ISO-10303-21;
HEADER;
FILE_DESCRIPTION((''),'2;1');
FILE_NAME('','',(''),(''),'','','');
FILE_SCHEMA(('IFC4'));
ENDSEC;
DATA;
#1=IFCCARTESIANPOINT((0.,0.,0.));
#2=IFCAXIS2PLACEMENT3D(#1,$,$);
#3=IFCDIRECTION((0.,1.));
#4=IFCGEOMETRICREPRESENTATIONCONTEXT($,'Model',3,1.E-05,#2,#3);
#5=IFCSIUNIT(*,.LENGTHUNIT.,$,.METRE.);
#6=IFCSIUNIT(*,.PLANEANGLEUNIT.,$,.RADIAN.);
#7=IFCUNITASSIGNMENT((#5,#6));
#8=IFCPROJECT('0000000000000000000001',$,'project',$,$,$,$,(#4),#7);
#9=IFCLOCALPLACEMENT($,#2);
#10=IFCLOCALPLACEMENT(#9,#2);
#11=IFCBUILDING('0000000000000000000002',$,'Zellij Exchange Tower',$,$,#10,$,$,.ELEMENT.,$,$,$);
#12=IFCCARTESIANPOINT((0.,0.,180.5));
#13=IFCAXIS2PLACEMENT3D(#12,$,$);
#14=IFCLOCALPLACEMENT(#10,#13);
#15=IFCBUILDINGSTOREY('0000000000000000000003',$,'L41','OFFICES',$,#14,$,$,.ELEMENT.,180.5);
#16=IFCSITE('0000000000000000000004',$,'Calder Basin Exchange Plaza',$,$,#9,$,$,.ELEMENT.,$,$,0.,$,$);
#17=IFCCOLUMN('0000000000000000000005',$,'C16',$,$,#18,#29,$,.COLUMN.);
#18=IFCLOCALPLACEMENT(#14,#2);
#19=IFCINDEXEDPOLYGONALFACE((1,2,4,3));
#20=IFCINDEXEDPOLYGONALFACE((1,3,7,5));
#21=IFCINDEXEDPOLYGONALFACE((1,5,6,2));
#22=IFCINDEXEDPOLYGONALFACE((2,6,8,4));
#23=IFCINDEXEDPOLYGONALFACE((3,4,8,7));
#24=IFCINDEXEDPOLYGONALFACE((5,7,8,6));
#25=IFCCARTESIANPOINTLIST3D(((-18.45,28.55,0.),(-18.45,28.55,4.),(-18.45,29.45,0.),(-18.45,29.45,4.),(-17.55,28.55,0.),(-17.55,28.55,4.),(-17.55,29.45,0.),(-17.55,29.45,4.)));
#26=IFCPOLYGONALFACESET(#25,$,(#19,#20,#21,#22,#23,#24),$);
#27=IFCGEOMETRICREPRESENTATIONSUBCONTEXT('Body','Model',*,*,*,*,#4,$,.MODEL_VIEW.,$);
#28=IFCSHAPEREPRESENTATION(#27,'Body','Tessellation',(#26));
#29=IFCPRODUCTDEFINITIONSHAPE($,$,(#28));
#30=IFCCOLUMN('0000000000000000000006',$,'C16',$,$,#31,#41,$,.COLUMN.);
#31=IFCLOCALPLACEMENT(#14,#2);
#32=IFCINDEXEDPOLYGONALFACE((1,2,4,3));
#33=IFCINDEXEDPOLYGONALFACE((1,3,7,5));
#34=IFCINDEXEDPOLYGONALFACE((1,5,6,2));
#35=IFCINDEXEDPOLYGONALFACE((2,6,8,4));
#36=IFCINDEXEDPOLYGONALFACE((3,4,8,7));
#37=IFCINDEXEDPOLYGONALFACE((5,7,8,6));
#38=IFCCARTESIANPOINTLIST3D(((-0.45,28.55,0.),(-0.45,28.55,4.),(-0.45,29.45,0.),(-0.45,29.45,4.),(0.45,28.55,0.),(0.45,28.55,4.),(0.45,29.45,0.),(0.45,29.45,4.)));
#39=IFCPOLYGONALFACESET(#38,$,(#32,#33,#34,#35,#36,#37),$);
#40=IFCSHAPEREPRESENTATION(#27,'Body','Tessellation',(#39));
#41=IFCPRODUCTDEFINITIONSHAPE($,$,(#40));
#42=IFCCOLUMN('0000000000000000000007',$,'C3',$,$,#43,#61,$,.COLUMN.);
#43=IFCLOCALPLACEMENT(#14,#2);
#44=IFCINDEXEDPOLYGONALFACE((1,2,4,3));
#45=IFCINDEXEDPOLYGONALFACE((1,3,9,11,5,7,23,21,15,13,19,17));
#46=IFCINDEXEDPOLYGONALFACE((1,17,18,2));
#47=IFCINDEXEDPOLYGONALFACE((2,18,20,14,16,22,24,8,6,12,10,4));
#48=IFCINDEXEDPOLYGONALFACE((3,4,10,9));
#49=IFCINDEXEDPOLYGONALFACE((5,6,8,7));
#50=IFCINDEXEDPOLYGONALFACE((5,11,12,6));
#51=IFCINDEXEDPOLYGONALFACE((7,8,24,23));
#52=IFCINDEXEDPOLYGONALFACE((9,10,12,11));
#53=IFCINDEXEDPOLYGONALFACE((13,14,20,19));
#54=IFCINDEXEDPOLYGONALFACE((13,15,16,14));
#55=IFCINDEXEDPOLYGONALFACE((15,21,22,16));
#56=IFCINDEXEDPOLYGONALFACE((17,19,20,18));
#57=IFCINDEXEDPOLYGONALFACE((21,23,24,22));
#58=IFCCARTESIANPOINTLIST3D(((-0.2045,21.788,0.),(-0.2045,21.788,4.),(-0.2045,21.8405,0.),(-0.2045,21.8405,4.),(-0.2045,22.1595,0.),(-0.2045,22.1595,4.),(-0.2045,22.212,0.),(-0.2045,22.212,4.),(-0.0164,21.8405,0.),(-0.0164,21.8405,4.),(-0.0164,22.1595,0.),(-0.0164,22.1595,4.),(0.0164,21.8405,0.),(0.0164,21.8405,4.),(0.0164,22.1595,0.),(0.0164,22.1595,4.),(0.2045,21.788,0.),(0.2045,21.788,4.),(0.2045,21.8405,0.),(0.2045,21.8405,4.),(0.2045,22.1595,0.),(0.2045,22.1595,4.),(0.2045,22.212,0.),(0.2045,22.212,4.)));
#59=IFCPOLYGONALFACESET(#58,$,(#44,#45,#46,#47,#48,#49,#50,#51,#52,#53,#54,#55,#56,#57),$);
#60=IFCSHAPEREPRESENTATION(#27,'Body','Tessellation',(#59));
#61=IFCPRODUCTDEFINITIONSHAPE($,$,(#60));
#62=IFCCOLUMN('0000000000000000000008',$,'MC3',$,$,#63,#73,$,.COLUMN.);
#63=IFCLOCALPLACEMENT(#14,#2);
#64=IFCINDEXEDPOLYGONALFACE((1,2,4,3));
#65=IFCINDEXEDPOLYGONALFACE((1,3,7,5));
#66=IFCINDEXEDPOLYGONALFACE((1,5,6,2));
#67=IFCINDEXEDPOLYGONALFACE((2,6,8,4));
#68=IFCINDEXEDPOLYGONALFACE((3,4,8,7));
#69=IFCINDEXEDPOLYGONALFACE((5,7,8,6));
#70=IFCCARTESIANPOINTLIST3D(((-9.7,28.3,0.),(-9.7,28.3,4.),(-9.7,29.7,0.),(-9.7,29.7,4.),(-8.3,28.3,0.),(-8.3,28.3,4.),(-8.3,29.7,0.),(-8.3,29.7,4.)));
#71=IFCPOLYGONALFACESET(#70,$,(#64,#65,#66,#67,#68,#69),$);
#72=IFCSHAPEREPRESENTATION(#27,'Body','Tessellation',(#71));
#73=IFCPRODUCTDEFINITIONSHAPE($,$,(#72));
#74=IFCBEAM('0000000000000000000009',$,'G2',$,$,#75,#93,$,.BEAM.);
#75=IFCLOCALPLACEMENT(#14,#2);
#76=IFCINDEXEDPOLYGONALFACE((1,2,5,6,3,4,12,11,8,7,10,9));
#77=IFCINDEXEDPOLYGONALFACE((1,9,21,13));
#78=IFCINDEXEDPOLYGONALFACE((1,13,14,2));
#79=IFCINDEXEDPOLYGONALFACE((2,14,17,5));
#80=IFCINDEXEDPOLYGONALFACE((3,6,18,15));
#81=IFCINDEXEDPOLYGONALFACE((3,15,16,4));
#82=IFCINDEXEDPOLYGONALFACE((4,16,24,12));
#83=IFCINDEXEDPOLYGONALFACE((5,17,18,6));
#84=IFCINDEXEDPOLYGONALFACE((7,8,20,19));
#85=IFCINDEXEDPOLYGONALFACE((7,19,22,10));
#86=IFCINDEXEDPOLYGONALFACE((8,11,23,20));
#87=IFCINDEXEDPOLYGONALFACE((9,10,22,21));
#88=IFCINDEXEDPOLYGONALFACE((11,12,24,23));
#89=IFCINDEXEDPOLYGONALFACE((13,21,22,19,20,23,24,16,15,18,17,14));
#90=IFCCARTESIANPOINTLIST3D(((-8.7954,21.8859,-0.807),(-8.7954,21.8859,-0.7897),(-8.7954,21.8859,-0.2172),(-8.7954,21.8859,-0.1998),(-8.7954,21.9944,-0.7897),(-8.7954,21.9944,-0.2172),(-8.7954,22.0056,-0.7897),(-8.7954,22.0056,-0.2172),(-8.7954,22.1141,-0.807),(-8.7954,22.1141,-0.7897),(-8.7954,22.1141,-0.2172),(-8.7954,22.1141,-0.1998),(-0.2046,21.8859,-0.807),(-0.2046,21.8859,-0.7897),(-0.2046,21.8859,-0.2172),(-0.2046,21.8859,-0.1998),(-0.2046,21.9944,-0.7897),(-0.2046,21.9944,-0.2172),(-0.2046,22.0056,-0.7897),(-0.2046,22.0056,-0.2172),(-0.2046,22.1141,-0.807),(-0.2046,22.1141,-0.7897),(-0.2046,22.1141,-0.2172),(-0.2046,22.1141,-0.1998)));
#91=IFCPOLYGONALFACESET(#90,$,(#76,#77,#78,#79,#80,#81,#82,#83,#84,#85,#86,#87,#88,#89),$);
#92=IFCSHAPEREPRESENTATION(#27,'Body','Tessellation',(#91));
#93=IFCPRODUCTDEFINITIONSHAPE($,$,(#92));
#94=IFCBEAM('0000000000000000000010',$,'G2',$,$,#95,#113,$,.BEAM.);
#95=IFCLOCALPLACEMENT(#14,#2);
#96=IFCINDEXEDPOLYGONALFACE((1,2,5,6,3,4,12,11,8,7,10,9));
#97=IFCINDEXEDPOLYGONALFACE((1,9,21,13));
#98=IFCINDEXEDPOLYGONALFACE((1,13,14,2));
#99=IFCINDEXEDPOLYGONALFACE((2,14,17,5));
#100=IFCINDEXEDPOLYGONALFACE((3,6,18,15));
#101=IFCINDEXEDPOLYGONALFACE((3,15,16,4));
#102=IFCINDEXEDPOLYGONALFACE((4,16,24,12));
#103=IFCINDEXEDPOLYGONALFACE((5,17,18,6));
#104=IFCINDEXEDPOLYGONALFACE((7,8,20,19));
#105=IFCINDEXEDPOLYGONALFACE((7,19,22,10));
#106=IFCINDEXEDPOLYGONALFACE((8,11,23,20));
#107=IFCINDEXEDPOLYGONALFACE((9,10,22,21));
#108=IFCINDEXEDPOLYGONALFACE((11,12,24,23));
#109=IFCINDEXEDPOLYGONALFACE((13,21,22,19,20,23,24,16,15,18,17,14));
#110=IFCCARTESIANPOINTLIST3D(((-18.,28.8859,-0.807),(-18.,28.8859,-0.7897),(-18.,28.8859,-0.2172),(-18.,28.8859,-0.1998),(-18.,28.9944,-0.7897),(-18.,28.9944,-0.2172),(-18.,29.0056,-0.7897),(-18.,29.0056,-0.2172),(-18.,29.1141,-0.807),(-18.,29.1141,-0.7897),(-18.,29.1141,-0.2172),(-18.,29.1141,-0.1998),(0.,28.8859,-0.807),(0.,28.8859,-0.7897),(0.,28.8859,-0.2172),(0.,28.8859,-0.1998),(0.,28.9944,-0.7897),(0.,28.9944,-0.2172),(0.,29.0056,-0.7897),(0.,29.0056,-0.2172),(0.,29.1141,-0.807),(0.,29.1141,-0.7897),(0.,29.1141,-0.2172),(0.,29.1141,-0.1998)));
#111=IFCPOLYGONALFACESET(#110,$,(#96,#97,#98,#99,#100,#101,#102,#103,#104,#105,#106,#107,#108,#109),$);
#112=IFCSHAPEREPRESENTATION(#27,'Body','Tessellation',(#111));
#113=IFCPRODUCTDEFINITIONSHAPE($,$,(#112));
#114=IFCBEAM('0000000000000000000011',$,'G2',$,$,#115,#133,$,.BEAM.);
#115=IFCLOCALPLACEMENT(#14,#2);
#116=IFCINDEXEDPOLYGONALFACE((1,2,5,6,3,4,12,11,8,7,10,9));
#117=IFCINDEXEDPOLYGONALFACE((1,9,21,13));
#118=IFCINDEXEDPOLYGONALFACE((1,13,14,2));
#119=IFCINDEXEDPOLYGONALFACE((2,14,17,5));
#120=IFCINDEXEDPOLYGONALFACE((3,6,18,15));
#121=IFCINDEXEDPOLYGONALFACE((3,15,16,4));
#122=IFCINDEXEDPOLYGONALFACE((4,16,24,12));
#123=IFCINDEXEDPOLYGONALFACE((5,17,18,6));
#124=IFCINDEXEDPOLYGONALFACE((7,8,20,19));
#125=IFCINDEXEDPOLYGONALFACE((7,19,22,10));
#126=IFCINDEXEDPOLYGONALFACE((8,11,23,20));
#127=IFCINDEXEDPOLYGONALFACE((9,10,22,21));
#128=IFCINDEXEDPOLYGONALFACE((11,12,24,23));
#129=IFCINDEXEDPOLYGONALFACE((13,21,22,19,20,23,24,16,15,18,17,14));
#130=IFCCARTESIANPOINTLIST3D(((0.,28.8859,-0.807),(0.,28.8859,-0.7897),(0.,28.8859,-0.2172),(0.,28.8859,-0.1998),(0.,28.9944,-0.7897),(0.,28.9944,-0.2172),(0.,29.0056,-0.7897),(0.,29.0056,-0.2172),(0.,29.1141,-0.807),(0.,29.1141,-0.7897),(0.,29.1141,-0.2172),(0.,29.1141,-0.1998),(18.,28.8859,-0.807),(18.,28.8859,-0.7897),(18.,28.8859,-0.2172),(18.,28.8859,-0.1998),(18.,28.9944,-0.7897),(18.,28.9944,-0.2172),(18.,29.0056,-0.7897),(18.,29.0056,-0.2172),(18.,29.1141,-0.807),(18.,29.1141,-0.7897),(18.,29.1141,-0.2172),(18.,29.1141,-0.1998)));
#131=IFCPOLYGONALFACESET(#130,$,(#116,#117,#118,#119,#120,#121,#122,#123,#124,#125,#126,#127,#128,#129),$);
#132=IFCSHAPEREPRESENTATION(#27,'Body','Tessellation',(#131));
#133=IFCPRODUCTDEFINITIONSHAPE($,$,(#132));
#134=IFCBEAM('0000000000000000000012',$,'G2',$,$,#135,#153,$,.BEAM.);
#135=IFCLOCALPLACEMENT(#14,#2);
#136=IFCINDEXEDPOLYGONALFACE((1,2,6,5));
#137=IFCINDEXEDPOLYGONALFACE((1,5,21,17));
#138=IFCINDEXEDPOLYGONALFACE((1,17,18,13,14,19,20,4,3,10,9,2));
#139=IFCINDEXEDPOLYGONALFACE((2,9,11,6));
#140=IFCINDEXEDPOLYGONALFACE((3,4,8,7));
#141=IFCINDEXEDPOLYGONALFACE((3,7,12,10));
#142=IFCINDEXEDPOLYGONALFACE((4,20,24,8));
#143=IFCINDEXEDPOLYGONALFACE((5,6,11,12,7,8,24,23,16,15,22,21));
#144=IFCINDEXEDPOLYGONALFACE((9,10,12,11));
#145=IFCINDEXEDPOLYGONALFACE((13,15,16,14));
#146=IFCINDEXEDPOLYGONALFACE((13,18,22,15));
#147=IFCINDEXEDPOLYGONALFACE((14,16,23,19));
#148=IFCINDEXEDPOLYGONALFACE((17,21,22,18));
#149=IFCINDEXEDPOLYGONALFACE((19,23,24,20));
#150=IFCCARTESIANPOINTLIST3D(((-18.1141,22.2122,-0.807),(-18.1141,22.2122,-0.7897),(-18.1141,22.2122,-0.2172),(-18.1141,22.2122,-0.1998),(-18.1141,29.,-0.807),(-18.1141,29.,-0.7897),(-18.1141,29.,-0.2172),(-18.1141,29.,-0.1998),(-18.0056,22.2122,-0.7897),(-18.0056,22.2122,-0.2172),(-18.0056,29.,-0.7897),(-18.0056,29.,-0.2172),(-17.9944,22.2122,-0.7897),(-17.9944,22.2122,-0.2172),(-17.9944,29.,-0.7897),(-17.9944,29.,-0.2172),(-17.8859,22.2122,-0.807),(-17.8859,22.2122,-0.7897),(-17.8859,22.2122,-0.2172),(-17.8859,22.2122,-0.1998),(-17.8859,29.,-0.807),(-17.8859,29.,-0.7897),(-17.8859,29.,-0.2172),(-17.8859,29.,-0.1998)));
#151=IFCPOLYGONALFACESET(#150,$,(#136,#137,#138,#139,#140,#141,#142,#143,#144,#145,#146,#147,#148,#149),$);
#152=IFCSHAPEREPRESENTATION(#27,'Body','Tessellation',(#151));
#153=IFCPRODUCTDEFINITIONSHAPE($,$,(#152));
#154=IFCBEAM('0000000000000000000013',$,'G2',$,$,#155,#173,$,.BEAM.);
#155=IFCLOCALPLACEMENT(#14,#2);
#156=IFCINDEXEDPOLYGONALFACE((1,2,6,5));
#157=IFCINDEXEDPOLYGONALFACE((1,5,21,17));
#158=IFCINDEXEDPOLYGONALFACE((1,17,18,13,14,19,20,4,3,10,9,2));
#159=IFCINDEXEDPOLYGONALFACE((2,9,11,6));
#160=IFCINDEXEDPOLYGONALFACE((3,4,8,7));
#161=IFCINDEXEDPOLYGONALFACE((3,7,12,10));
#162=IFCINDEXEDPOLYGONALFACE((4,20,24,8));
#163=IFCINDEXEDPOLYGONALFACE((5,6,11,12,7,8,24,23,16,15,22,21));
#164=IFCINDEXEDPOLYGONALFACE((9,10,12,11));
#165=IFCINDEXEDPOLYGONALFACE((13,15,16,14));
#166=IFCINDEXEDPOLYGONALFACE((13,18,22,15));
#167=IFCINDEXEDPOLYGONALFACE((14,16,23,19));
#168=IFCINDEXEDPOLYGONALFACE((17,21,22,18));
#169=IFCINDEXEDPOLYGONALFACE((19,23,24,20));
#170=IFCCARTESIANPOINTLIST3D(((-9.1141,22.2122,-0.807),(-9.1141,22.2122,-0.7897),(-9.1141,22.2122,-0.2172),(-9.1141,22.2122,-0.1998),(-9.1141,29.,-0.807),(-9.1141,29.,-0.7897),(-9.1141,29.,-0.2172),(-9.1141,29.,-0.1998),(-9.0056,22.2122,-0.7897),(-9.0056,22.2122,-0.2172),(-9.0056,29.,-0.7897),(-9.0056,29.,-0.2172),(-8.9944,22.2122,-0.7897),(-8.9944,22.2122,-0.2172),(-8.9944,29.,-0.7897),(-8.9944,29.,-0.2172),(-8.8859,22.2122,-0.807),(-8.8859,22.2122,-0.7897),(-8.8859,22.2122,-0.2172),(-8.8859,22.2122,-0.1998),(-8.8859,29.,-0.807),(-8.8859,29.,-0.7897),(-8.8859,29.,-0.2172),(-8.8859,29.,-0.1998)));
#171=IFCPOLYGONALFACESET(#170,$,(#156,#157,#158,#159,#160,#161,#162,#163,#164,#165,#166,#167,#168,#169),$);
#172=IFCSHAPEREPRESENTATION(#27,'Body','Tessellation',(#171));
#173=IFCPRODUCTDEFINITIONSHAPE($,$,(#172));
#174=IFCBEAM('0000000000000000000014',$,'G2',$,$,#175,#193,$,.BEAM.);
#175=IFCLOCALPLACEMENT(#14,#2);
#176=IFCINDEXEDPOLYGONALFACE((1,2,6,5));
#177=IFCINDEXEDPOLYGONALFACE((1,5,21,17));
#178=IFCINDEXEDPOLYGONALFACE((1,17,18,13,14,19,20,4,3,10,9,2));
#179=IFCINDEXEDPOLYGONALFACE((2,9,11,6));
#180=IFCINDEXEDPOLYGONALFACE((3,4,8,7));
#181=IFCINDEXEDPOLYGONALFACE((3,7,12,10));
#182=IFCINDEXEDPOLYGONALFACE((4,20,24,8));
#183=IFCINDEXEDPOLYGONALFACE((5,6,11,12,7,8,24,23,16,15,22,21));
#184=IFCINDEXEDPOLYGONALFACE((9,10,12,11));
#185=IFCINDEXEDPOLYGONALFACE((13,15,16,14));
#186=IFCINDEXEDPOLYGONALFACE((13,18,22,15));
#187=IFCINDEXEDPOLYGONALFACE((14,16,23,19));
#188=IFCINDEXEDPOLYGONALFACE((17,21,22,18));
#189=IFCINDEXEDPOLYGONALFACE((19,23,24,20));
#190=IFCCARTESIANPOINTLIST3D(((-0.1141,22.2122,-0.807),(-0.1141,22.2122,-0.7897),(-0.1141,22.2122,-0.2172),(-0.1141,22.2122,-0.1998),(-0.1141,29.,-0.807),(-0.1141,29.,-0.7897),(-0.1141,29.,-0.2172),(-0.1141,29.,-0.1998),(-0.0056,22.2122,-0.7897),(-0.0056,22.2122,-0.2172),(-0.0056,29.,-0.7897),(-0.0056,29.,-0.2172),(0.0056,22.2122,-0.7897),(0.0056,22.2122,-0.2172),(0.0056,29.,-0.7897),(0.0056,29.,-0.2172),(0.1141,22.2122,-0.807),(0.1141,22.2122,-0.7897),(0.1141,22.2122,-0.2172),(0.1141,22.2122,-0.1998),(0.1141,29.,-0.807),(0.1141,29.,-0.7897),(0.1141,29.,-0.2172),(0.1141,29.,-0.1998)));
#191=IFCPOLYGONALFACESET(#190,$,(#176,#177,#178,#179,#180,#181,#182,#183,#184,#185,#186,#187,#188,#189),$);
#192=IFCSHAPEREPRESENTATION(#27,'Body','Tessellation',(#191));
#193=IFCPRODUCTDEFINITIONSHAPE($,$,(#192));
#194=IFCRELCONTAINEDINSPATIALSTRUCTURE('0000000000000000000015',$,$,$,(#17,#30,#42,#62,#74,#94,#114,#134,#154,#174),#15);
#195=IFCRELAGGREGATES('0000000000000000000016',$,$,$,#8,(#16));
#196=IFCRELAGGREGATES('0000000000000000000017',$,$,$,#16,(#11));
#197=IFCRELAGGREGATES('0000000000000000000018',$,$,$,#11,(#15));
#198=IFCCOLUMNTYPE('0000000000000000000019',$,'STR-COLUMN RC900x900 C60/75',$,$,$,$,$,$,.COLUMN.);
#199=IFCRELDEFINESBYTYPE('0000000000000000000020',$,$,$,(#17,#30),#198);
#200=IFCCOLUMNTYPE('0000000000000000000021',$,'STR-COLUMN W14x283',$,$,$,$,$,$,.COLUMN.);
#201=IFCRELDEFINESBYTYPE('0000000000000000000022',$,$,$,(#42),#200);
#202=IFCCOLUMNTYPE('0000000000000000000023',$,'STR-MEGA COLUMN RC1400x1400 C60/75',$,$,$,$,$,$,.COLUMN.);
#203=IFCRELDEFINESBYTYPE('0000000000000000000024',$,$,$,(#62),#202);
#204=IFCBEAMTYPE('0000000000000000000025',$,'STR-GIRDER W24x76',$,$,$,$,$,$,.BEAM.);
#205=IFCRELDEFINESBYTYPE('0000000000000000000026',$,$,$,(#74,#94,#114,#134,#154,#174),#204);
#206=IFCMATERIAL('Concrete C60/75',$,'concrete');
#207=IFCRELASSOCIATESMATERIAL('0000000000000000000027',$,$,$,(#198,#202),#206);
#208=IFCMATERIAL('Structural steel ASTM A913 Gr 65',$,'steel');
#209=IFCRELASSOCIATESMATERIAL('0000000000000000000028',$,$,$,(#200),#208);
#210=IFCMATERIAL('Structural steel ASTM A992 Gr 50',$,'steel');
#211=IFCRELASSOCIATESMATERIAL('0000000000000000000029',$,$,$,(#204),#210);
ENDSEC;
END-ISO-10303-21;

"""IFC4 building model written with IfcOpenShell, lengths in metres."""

from ifc_helpers import new_model, si_unit, direction, frame, origin, origin_2d, place, context, subcontext, project, spatial, rectangle, i_section, extrude, material, material_profile, profile_set, type_object, element, save


model = new_model("IFC4")

# Units and contexts
model_context = context("Model", 3, precision=1e-05, world=origin(), true_north=direction((0.0, 1.0)))
body_context = subcontext(model_context, "Body", "Model", "MODEL_VIEW")
ifc_project = project(units=[si_unit("LENGTHUNIT", "METRE"), si_unit("PLANEANGLEUNIT", "RADIAN")], contexts=[model_context])

# Site, building, storey
site_placement = place(None, origin())
site = spatial("IfcSite", under=ifc_project, at=site_placement, Name="Calder Basin Exchange Plaza", CompositionType="ELEMENT", RefElevation=0.0)
building_placement = place(site_placement, origin())
building = spatial("IfcBuilding", under=site, at=building_placement, Name="Zellij Exchange Tower", CompositionType="ELEMENT")
storey_placement = place(building_placement, frame((0.0, 0.0, 180.5)))
storey = spatial("IfcBuildingStorey", under=building, at=storey_placement, Name="L41", Description="OFFICES", CompositionType="ELEMENT", Elevation=180.5)

# Columns
ifc_material_1 = material(Name="Concrete C60/75", Category="concrete")
ifc_material_profile_1 = material_profile(ifc_material_1, rectangle(XDim=0.8999, YDim=0.8999, at=origin_2d()), Name="STR-COLUMN RC900x900 C60/75")
ifc_profile_set_1 = profile_set([ifc_material_profile_1], Name="Concrete C60/75")
column_type_1 = type_object("IfcColumnType", Name="STR-COLUMN RC900x900 C60/75", PredefinedType="COLUMN", material=ifc_profile_set_1)
for number, where, z_axis, x_axis, name in (
    (1, (-18.0, 29.0, 0.0), (0.0, 0.0, 1.0), (1.0, 0.0, 0.0), "C16"),
    (2, (0.0, 29.0, 0.0), (0.0, 0.0, 1.0), (1.0, 0.0, 0.0), "C16"),
):
    element("IfcColumn", number, at=place(storey_placement, frame(where, z_axis=z_axis, x_axis=x_axis)), inside=storey, type_object=column_type_1, Name=name, PredefinedType="COLUMN", context=body_context, shape_type="SweptSolid", body=[
        extrude(rectangle(XDim=0.8999, YDim=0.8999, at=origin_2d()), origin(), (0.0, 0.0, 1.0), 4.0),
    ])
ifc_material_2 = material(Name="Structural steel ASTM A913 Gr 65", Category="steel")
ifc_material_profile_2 = material_profile(ifc_material_2, i_section(OverallWidth=0.4089, OverallDepth=0.4241, WebThickness=0.0327, FlangeThickness=0.0525, at=origin_2d()), Name="W14x283")
ifc_profile_set_2 = profile_set([ifc_material_profile_2], Name="Structural steel ASTM A913 Gr 65")
column_type_2 = type_object("IfcColumnType", Name="STR-COLUMN W14x283", PredefinedType="COLUMN", material=ifc_profile_set_2)
column_1_placement = place(storey_placement, frame((0.0, 22.0, 0.0), z_axis=(0.0, 0.0, 1.0), x_axis=(1.0, 0.0, 0.0)))
element("IfcColumn", 3, at=column_1_placement, inside=storey, type_object=column_type_2, Name="C3", PredefinedType="COLUMN", context=body_context, shape_type="SweptSolid", body=[
    extrude(i_section(OverallWidth=0.4089, OverallDepth=0.4241, WebThickness=0.0327, FlangeThickness=0.0525, at=origin_2d()), origin(), (0.0, 0.0, 1.0), 4.0),
])
ifc_material_profile_3 = material_profile(ifc_material_1, rectangle(XDim=1.3999, YDim=1.3999, at=origin_2d()), Name="STR-MEGA COLUMN RC1400x1400 C60/75")
ifc_profile_set_3 = profile_set([ifc_material_profile_3], Name="Concrete C60/75")
column_type_3 = type_object("IfcColumnType", Name="STR-MEGA COLUMN RC1400x1400 C60/75", PredefinedType="COLUMN", material=ifc_profile_set_3)
column_2_placement = place(storey_placement, frame((-9.0, 29.0, 0.0), z_axis=(0.0, 0.0, 1.0), x_axis=(1.0, 0.0, 0.0)))
element("IfcColumn", 4, at=column_2_placement, inside=storey, type_object=column_type_3, Name="MC3", PredefinedType="COLUMN", context=body_context, shape_type="SweptSolid", body=[
    extrude(rectangle(XDim=1.3999, YDim=1.3999, at=origin_2d()), origin(), (0.0, 0.0, 1.0), 4.0),
])

# Beams
ifc_material_3 = material(Name="Structural steel ASTM A992 Gr 50", Category="steel")
ifc_material_profile_4 = material_profile(ifc_material_3, i_section(OverallWidth=0.2283, OverallDepth=0.6072, WebThickness=0.0112, FlangeThickness=0.0173, at=origin_2d()), Name="W24x76")
ifc_profile_set_4 = profile_set([ifc_material_profile_4], Name="Structural steel ASTM A992 Gr 50")
beam_type = type_object("IfcBeamType", Name="STR-GIRDER W24x76", PredefinedType="BEAM", material=ifc_profile_set_4)
beam_placement = place(storey_placement, frame((-8.7954, 22.0, -0.5034), z_axis=(1.0, 0.0, 0.0), x_axis=(0.0, 1.0, 0.0)))
element("IfcBeam", 5, at=beam_placement, inside=storey, type_object=beam_type, Name="G2", PredefinedType="BEAM", context=body_context, shape_type="SweptSolid", body=[
    extrude(i_section(OverallWidth=0.2283, OverallDepth=0.6072, WebThickness=0.0112, FlangeThickness=0.0173, at=origin_2d()), origin(), (0.0, 0.0, 1.0), 8.5908),
])
for number, where, z_axis, x_axis, name in (
    (6, (-18.0, 29.0, -0.5034), (1.0, 0.0, 0.0), (0.0, 1.0, 0.0), "G2"),
    (7, (0.0, 29.0, -0.5034), (1.0, 0.0, 0.0), (0.0, 1.0, 0.0), "G2"),
):
    element("IfcBeam", number, at=place(storey_placement, frame(where, z_axis=z_axis, x_axis=x_axis)), inside=storey, type_object=beam_type, Name=name, PredefinedType="BEAM", context=body_context, shape_type="SweptSolid", body=[
        extrude(i_section(OverallWidth=0.2283, OverallDepth=0.6072, WebThickness=0.0112, FlangeThickness=0.0173, at=origin_2d()), origin(), (0.0, 0.0, 1.0), 18.0),
    ])
for number, where, z_axis, x_axis, name in (
    (8, (-18.0, 22.2122, -0.5034), (0.0, 1.0, 0.0), (-1.0, 0.0, 0.0), "G2"),
    (9, (-9.0, 22.2122, -0.5034), (0.0, 1.0, 0.0), (-1.0, 0.0, 0.0), "G2"),
    (10, (0.0, 22.2122, -0.5034), (0.0, 1.0, 0.0), (-1.0, 0.0, 0.0), "G2"),
):
    element("IfcBeam", number, at=place(storey_placement, frame(where, z_axis=z_axis, x_axis=x_axis)), inside=storey, type_object=beam_type, Name=name, PredefinedType="BEAM", context=body_context, shape_type="SweptSolid", body=[
        extrude(i_section(OverallWidth=0.2283, OverallDepth=0.6072, WebThickness=0.0112, FlangeThickness=0.0173, at=origin_2d()), origin(), (0.0, 0.0, 1.0), 6.7878),
    ])

save(model, "model.ifc")
